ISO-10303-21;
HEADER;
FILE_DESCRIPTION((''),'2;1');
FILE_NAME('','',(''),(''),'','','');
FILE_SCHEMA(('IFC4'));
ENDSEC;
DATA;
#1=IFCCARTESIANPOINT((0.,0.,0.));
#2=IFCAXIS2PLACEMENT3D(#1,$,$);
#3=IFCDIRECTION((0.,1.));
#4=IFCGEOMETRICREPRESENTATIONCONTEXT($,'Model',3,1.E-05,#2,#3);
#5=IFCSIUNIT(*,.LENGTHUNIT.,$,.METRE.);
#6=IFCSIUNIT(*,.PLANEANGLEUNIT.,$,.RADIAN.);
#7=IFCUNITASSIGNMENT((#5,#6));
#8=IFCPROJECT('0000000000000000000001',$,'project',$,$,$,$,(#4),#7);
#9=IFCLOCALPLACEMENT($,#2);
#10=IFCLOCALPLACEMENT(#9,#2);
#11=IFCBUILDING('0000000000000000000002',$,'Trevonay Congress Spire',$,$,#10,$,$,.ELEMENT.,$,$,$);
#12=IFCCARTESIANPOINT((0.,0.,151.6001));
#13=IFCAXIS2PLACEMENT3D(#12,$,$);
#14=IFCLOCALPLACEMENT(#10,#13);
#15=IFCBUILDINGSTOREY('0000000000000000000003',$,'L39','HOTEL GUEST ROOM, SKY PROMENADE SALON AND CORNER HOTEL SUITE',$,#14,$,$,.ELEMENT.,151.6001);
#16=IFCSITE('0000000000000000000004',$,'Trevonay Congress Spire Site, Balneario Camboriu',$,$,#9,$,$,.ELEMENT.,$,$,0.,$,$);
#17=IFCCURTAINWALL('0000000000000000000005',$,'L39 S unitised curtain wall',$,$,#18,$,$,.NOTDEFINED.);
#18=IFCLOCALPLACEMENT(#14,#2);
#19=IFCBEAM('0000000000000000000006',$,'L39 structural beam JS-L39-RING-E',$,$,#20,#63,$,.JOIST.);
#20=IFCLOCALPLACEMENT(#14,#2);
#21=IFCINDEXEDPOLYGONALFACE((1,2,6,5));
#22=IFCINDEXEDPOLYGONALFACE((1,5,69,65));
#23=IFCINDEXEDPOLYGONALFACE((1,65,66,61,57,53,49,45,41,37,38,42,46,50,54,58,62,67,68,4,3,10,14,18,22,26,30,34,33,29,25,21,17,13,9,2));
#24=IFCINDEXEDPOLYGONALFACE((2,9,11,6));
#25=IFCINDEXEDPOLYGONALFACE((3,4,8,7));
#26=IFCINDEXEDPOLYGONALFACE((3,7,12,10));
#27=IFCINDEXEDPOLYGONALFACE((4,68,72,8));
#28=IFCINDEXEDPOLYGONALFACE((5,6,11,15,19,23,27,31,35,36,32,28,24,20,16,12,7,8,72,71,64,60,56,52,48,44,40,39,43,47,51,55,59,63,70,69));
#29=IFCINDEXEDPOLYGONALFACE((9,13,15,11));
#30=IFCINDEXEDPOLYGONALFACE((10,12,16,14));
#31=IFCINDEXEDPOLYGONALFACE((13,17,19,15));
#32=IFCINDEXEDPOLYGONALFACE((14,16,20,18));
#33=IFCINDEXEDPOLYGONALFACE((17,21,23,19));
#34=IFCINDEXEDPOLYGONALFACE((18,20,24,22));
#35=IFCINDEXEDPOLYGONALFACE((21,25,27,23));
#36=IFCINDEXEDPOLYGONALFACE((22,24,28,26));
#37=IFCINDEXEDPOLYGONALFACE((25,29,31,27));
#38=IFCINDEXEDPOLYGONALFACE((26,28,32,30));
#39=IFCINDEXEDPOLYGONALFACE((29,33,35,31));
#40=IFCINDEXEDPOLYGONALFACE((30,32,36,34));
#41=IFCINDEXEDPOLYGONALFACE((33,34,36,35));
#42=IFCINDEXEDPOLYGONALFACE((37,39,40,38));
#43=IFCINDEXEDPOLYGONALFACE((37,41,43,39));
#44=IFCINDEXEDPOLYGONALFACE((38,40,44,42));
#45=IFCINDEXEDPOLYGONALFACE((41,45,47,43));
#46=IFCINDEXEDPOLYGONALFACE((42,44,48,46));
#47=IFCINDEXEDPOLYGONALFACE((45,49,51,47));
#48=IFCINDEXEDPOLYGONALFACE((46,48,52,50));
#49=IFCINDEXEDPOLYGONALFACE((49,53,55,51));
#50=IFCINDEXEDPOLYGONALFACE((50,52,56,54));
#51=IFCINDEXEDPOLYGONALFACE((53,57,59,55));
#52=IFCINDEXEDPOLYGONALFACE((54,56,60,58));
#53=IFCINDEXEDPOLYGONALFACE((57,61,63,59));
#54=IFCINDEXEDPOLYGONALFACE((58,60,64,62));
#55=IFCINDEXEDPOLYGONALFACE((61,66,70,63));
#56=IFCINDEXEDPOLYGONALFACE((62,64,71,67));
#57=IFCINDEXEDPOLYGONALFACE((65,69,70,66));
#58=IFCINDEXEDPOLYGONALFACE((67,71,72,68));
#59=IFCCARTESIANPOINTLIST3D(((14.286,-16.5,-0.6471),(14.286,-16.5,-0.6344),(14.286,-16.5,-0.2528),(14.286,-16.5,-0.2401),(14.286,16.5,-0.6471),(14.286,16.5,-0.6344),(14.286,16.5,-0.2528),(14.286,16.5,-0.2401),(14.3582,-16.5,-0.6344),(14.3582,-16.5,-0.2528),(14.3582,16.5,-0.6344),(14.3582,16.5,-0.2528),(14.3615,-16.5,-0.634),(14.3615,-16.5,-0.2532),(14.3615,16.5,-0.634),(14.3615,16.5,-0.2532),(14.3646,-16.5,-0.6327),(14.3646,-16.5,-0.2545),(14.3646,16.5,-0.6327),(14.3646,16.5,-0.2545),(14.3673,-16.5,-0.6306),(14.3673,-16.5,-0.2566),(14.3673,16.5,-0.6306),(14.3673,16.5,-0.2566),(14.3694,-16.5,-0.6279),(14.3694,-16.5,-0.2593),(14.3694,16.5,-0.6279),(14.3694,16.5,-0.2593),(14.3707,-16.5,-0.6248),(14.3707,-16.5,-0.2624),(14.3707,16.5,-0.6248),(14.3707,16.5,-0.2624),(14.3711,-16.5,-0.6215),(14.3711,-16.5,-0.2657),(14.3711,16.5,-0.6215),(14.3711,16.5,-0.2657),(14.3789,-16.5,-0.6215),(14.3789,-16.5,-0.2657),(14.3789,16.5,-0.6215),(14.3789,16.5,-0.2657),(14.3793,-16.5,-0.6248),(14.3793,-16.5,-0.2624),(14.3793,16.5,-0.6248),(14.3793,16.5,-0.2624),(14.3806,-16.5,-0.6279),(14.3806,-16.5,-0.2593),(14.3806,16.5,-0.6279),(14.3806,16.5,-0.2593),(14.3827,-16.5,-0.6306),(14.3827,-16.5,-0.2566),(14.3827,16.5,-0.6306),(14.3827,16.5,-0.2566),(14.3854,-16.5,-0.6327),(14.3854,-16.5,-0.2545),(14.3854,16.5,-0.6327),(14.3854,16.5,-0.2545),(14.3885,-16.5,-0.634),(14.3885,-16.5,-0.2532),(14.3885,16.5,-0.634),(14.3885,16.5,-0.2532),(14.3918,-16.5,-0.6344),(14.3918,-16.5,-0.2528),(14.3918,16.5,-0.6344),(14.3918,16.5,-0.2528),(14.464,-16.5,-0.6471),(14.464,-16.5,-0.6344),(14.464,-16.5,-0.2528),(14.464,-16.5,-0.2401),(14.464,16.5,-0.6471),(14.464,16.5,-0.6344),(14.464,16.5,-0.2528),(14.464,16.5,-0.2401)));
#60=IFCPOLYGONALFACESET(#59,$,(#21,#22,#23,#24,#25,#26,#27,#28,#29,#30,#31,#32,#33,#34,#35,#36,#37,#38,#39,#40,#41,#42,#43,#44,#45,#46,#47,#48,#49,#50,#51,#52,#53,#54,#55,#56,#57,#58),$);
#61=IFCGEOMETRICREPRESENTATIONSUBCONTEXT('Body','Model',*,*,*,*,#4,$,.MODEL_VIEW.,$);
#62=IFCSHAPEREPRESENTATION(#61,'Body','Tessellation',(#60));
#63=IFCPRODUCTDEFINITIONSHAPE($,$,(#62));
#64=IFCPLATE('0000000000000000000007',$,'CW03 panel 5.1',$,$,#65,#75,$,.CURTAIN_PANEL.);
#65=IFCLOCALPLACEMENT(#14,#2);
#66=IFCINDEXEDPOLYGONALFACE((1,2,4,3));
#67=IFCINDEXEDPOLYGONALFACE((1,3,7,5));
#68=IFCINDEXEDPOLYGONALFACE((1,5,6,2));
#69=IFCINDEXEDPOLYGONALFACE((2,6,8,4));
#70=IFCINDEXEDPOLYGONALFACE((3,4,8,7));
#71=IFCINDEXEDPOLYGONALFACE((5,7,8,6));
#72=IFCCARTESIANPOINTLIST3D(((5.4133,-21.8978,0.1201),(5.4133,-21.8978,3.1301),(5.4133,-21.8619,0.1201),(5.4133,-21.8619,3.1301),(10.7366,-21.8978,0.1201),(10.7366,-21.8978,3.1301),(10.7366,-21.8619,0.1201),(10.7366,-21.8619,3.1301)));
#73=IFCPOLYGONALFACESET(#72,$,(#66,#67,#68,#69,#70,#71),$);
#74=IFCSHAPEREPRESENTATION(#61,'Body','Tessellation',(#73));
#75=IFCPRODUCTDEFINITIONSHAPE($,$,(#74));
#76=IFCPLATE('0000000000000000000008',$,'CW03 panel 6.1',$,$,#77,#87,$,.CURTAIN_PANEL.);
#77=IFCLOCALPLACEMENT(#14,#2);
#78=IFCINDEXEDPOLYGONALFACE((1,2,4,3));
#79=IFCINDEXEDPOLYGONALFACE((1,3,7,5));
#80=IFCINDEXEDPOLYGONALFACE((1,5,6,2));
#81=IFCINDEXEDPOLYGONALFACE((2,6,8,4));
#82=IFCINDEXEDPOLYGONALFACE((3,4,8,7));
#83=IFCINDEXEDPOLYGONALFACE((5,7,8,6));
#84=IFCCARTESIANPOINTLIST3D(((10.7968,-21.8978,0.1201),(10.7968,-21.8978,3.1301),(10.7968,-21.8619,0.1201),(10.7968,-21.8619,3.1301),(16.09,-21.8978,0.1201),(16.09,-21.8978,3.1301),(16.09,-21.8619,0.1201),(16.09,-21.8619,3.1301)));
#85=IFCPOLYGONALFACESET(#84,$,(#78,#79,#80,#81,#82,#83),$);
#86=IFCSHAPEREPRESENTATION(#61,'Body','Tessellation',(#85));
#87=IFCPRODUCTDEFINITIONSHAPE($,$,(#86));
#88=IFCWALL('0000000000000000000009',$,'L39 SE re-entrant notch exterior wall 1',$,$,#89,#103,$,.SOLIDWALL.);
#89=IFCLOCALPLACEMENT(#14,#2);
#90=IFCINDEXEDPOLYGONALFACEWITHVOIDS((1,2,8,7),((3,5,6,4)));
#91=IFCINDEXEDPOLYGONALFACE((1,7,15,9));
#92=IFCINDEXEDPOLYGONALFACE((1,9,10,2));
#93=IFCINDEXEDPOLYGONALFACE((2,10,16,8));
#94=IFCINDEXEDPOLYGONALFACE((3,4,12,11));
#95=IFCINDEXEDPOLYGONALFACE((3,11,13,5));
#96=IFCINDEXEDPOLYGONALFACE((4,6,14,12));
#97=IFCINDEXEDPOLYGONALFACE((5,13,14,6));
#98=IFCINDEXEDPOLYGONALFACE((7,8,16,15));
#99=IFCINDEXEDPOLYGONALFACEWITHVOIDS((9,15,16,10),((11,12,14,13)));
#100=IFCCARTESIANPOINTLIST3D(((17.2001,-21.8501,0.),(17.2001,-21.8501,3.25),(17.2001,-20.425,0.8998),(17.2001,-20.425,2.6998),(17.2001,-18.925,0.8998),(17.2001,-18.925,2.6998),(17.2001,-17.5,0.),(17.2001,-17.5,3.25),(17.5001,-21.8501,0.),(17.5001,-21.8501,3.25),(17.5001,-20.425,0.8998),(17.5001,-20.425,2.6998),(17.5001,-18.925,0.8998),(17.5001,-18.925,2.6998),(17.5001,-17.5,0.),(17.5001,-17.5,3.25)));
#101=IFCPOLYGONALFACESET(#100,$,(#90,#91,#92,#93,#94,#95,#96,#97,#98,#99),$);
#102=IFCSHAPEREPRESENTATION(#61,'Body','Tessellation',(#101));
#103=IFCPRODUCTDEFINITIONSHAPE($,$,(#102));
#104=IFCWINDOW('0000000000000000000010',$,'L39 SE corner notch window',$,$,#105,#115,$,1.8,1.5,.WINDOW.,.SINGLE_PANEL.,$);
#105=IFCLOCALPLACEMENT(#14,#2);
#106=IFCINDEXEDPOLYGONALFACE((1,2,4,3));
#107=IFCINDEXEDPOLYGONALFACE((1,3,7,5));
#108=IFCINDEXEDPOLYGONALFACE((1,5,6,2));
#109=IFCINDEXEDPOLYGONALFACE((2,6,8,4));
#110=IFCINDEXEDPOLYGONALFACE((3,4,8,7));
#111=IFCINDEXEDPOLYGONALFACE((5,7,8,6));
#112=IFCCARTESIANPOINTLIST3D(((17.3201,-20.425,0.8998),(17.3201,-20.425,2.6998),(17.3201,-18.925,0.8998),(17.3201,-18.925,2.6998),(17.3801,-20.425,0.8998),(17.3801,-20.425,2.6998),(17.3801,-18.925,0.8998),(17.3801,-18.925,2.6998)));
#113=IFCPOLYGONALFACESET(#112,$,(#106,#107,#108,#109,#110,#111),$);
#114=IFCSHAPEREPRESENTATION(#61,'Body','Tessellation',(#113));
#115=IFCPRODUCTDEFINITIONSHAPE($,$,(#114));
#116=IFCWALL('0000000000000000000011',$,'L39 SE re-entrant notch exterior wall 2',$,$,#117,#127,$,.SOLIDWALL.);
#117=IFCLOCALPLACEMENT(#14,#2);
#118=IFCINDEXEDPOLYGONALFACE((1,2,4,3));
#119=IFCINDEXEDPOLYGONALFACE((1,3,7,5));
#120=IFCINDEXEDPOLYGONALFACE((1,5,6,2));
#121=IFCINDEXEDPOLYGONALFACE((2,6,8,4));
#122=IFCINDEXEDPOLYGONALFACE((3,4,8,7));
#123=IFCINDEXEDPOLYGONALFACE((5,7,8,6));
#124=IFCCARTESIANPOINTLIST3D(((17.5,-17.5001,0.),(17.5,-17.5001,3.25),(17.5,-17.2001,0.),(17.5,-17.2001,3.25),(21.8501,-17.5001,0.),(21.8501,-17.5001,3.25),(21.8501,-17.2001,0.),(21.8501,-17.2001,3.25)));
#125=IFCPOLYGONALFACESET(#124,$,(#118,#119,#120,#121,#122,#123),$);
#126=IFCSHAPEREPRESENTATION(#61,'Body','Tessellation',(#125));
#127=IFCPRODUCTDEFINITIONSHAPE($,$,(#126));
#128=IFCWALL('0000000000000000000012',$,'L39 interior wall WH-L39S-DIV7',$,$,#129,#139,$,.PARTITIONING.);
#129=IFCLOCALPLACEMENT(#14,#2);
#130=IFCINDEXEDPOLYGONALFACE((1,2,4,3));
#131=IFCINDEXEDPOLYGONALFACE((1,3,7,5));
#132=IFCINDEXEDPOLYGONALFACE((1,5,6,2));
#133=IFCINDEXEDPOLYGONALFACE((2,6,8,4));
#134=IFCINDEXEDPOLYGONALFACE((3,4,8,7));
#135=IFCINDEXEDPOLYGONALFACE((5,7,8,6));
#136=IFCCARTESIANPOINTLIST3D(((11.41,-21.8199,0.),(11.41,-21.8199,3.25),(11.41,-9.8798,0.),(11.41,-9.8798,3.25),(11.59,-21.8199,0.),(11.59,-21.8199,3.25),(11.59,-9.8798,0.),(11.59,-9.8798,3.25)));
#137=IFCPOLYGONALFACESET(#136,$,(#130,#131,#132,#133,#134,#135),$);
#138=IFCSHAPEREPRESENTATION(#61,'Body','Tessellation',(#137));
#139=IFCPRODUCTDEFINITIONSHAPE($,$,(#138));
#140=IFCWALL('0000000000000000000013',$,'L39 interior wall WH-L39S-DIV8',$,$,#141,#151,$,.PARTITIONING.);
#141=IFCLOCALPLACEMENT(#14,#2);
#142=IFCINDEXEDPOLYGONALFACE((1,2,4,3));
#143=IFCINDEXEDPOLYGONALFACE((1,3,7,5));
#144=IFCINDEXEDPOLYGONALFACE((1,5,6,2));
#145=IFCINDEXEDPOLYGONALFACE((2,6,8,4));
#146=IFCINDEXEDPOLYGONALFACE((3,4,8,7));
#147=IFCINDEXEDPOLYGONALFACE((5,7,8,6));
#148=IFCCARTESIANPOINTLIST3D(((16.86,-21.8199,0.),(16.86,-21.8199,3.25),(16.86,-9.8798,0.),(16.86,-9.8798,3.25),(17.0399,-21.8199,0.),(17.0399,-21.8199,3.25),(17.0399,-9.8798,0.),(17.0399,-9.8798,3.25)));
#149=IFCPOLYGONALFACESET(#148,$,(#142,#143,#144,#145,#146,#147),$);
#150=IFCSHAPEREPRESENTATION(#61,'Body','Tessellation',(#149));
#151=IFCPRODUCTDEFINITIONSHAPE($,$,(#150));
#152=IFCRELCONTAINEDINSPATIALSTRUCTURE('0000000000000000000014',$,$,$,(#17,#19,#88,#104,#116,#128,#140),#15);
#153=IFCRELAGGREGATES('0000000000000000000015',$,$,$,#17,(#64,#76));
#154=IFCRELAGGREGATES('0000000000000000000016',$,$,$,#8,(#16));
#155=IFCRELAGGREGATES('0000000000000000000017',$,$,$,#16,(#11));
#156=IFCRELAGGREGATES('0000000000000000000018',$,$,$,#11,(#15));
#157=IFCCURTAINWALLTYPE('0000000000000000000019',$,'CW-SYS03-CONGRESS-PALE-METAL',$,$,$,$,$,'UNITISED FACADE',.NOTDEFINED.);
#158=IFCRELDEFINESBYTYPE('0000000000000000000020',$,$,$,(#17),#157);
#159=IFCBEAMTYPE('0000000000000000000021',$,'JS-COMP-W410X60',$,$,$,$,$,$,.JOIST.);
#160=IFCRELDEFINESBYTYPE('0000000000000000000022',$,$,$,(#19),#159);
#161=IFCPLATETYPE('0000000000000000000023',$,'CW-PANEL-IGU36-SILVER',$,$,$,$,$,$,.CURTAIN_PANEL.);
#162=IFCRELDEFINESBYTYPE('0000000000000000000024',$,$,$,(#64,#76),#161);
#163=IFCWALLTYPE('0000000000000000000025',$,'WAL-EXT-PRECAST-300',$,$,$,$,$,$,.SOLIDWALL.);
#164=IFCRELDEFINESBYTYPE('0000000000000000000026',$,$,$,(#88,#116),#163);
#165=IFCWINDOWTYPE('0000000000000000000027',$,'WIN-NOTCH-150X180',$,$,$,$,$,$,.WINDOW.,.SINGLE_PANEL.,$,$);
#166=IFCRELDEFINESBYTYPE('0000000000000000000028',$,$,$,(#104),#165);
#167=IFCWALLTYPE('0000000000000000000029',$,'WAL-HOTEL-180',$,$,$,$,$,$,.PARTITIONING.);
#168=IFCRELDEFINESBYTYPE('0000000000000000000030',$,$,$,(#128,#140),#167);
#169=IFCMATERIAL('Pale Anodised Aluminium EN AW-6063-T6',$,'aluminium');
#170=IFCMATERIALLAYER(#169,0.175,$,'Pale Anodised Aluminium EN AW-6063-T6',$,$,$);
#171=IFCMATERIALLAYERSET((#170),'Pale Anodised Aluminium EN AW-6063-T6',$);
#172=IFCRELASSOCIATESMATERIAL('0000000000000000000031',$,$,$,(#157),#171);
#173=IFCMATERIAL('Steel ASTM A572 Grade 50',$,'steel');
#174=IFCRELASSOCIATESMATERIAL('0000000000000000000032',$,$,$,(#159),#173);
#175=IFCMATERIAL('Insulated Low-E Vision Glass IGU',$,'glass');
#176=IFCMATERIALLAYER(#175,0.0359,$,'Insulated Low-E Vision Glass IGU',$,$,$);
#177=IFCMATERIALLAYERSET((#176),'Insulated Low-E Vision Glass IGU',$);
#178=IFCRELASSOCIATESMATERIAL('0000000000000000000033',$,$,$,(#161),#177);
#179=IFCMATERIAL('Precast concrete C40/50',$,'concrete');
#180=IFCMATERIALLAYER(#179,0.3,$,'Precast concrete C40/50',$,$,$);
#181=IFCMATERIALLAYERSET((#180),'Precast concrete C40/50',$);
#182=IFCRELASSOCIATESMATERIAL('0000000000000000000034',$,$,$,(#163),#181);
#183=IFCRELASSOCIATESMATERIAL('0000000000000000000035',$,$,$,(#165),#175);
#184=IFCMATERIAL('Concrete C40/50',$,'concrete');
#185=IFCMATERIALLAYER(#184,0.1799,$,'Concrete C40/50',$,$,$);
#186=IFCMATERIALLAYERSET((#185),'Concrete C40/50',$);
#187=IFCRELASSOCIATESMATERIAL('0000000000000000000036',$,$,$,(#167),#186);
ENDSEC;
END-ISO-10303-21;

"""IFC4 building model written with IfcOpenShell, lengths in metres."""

from ifc_helpers import new_model, si_unit, direction, frame, frame_2d, origin, origin_2d, place, context, subcontext, project, spatial, rectangle, i_section, extrude, material, layer, layer_set, material_profile, profile_set, type_object, element, fill, aggregate, save


model = new_model("IFC4")

# Units and contexts
model_context = context("Model", 3, precision=1e-05, world=origin(), true_north=direction((0.0, 1.0)))
body_context = subcontext(model_context, "Body", "Model", "MODEL_VIEW")
ifc_project = project(units=[si_unit("LENGTHUNIT", "METRE"), si_unit("PLANEANGLEUNIT", "RADIAN")], contexts=[model_context])

# Site, building, storey
site_placement = place(None, origin())
site = spatial("IfcSite", under=ifc_project, at=site_placement, Name="Trevonay Congress Spire Site, Balneario Camboriu", CompositionType="ELEMENT", RefElevation=0.0)
building_placement = place(site_placement, origin())
building = spatial("IfcBuilding", under=site, at=building_placement, Name="Trevonay Congress Spire", CompositionType="ELEMENT")
storey_placement = place(building_placement, frame((0.0, 0.0, 151.6001)))
storey = spatial("IfcBuildingStorey", under=building, at=storey_placement, Name="L39", Description="HOTEL GUEST ROOM, SKY PROMENADE SALON AND CORNER HOTEL SUITE", CompositionType="ELEMENT", Elevation=151.6001)

# Shared definitions
ifc_material_1 = material(Name="Steel ASTM A572 Grade 50", Category="steel")

# Curtain wall
ifc_material_2 = material(Name="Pale Anodised Aluminium EN AW-6063-T6", Category="aluminium")
ifc_layer_1 = layer(ifc_material_2, 0.175, Name="Pale Anodised Aluminium EN AW-6063-T6")
ifc_layer_set_1 = layer_set([ifc_layer_1], Name="Pale Anodised Aluminium EN AW-6063-T6")
curtain_wall_type = type_object("IfcCurtainWallType", Name="CW-SYS03-CONGRESS-PALE-METAL", ElementType="UNITISED FACADE", PredefinedType="NOTDEFINED", material=ifc_layer_set_1)
curtain_wall_1_placement = place(storey_placement, origin())
curtain_wall_1 = element("IfcCurtainWall", 1, at=curtain_wall_1_placement, inside=storey, type_object=curtain_wall_type, Name="L39 S unitised curtain wall", PredefinedType="NOTDEFINED")

# Beam
ifc_material_profile_1 = material_profile(ifc_material_1, i_section(OverallWidth=0.178, OverallDepth=0.407, WebThickness=0.0078, FlangeThickness=0.0127, FilletRadius=0.0129, at=origin_2d()), Name="W410x60")
ifc_profile_set_1 = profile_set([ifc_material_profile_1], Name="Steel ASTM A572 Grade 50")
beam_type_1 = type_object("IfcBeamType", Name="JS-COMP-W410X60", PredefinedType="JOIST", material=ifc_profile_set_1)
beam_placement = place(storey_placement, frame((14.375, -16.5, -0.4436), z_axis=(0.0, 1.0, 0.0), x_axis=(-1.0, 0.0, 0.0)))
element("IfcBeam", 2, at=beam_placement, inside=storey, type_object=beam_type_1, Name="L39 structural beam JS-L39-RING-E", PredefinedType="JOIST", context=body_context, shape_type="SweptSolid", body=[
    extrude(i_section(OverallWidth=0.178, OverallDepth=0.407, WebThickness=0.0078, FlangeThickness=0.0127, FilletRadius=0.0129, at=origin_2d()), origin(), (0.0, 0.0, 1.0), 33.0),
])

# Plates
ifc_material_3 = material(Name="Insulated Low-E Vision Glass IGU", Category="glass")
ifc_layer_2 = layer(ifc_material_3, 0.0359, Name="Insulated Low-E Vision Glass IGU")
ifc_layer_set_2 = layer_set([ifc_layer_2], Name="Insulated Low-E Vision Glass IGU")
plate_type = type_object("IfcPlateType", Name="CW-PANEL-IGU36-SILVER", PredefinedType="CURTAIN_PANEL", material=ifc_layer_set_2)
plate_1_placement = place(storey_placement, frame((8.075, -21.8799, 0.1201), z_axis=(0.0, 0.0, 1.0), x_axis=(1.0, 0.0, 0.0)))
plate_1 = element("IfcPlate", 3, at=plate_1_placement, type_object=plate_type, Name="CW03 panel 5.1", PredefinedType="CURTAIN_PANEL", context=body_context, shape_type="SweptSolid", body=[
    extrude(rectangle(XDim=5.3232, YDim=0.0359, at=origin_2d()), origin(), (0.0, 0.0, 1.0), 3.01),
])
plate_2_placement = place(storey_placement, frame((13.4434, -21.8799, 0.1201), z_axis=(0.0, 0.0, 1.0), x_axis=(1.0, 0.0, 0.0)))
plate_2 = element("IfcPlate", 4, at=plate_2_placement, type_object=plate_type, Name="CW03 panel 6.1", PredefinedType="CURTAIN_PANEL", context=body_context, shape_type="SweptSolid", body=[
    extrude(rectangle(XDim=5.2932, YDim=0.0359, at=origin_2d()), origin(), (0.0, 0.0, 1.0), 3.01),
])
aggregate(curtain_wall_1, [plate_1, plate_2])

# Wall, opening, window
ifc_material_4 = material(Name="Precast concrete C40/50", Category="concrete")
ifc_layer_3 = layer(ifc_material_4, 0.3, Name="Precast concrete C40/50")
ifc_layer_set_3 = layer_set([ifc_layer_3], Name="Precast concrete C40/50")
wall_type_1 = type_object("IfcWallType", Name="WAL-EXT-PRECAST-300", PredefinedType="SOLIDWALL", material=ifc_layer_set_3)
wall_1_placement = place(storey_placement, frame((17.3501, -21.8501, 0.0), z_axis=(0.0, 0.0, 1.0), x_axis=(0.0, 1.0, 0.0)))
wall_1 = element("IfcWall", 5, at=wall_1_placement, inside=storey, type_object=wall_type_1, Name="L39 SE re-entrant notch exterior wall 1", PredefinedType="SOLIDWALL", context=body_context, shape_type="SweptSolid", body=[
    extrude(rectangle(XDim=4.3501, YDim=0.3, at=frame_2d((2.175, 0.0))), origin(), (0.0, 0.0, 1.0), 3.25),
])
opening_placement = place(wall_1_placement, frame((1.425, 0.0, 0.8999)))
opening = element("IfcOpeningElement", 6, at=opening_placement, cuts=wall_1, PredefinedType="OPENING", context=body_context, shape_type="SweptSolid", body=[
    extrude(rectangle(XDim=1.5, YDim=1.8, at=frame_2d((0.75, 0.8999))), frame((0.0, 0.1602, 0.0), z_axis=(0.0, -1.0, 0.0), x_axis=(1.0, 0.0, 0.0)), (0.0, 0.0, 1.0), 0.3201),
])
window_type = type_object("IfcWindowType", Name="WIN-NOTCH-150X180", PartitioningType="SINGLE_PANEL", PredefinedType="WINDOW", material=ifc_material_3)
window_placement = place(opening_placement, origin())
window = element("IfcWindow", 7, at=window_placement, inside=storey, type_object=window_type, Name="L39 SE corner notch window", OverallHeight=1.8, OverallWidth=1.5, PartitioningType="SINGLE_PANEL", PredefinedType="WINDOW", context=body_context, shape_type="SweptSolid", body=[
    extrude(rectangle(XDim=1.5, YDim=1.8, at=frame_2d((0.75, 0.8999))), frame((0.0, 0.03, 0.0), z_axis=(0.0, -1.0, 0.0), x_axis=(1.0, 0.0, 0.0)), (0.0, 0.0, 1.0), 0.0601),
])
fill(opening, window)

# Walls
wall_2_placement = place(storey_placement, frame((21.8501, -17.3501, 0.0), z_axis=(0.0, 0.0, 1.0), x_axis=(-1.0, 0.0, 0.0)))
element("IfcWall", 8, at=wall_2_placement, inside=storey, type_object=wall_type_1, Name="L39 SE re-entrant notch exterior wall 2", PredefinedType="SOLIDWALL", context=body_context, shape_type="SweptSolid", body=[
    extrude(rectangle(XDim=4.3501, YDim=0.3, at=frame_2d((2.175, 0.0))), origin(), (0.0, 0.0, 1.0), 3.25),
])
ifc_material_5 = material(Name="Concrete C40/50", Category="concrete")
ifc_layer_4 = layer(ifc_material_5, 0.1799, Name="Concrete C40/50")
ifc_layer_set_4 = layer_set([ifc_layer_4], Name="Concrete C40/50")
wall_type_2 = type_object("IfcWallType", Name="WAL-HOTEL-180", PredefinedType="PARTITIONING", material=ifc_layer_set_4)
for number, where, z_axis, x_axis, name in (
    (9, (11.5, -21.8201, 0.0), (0.0, 0.0, 1.0), (0.0, 1.0, 0.0), "L39 interior wall WH-L39S-DIV7"),
    (10, (16.95, -21.8201, 0.0), (0.0, 0.0, 1.0), (0.0, 1.0, 0.0), "L39 interior wall WH-L39S-DIV8"),
):
    element("IfcWall", number, at=place(storey_placement, frame(where, z_axis=z_axis, x_axis=x_axis)), inside=storey, type_object=wall_type_2, Name=name, PredefinedType="PARTITIONING", context=body_context, shape_type="SweptSolid", body=[
        extrude(rectangle(XDim=11.9402, YDim=0.1799, at=frame_2d((5.9702, 0.0))), origin(), (0.0, 0.0, 1.0), 3.25),
    ])

save(model, "model.ifc")
